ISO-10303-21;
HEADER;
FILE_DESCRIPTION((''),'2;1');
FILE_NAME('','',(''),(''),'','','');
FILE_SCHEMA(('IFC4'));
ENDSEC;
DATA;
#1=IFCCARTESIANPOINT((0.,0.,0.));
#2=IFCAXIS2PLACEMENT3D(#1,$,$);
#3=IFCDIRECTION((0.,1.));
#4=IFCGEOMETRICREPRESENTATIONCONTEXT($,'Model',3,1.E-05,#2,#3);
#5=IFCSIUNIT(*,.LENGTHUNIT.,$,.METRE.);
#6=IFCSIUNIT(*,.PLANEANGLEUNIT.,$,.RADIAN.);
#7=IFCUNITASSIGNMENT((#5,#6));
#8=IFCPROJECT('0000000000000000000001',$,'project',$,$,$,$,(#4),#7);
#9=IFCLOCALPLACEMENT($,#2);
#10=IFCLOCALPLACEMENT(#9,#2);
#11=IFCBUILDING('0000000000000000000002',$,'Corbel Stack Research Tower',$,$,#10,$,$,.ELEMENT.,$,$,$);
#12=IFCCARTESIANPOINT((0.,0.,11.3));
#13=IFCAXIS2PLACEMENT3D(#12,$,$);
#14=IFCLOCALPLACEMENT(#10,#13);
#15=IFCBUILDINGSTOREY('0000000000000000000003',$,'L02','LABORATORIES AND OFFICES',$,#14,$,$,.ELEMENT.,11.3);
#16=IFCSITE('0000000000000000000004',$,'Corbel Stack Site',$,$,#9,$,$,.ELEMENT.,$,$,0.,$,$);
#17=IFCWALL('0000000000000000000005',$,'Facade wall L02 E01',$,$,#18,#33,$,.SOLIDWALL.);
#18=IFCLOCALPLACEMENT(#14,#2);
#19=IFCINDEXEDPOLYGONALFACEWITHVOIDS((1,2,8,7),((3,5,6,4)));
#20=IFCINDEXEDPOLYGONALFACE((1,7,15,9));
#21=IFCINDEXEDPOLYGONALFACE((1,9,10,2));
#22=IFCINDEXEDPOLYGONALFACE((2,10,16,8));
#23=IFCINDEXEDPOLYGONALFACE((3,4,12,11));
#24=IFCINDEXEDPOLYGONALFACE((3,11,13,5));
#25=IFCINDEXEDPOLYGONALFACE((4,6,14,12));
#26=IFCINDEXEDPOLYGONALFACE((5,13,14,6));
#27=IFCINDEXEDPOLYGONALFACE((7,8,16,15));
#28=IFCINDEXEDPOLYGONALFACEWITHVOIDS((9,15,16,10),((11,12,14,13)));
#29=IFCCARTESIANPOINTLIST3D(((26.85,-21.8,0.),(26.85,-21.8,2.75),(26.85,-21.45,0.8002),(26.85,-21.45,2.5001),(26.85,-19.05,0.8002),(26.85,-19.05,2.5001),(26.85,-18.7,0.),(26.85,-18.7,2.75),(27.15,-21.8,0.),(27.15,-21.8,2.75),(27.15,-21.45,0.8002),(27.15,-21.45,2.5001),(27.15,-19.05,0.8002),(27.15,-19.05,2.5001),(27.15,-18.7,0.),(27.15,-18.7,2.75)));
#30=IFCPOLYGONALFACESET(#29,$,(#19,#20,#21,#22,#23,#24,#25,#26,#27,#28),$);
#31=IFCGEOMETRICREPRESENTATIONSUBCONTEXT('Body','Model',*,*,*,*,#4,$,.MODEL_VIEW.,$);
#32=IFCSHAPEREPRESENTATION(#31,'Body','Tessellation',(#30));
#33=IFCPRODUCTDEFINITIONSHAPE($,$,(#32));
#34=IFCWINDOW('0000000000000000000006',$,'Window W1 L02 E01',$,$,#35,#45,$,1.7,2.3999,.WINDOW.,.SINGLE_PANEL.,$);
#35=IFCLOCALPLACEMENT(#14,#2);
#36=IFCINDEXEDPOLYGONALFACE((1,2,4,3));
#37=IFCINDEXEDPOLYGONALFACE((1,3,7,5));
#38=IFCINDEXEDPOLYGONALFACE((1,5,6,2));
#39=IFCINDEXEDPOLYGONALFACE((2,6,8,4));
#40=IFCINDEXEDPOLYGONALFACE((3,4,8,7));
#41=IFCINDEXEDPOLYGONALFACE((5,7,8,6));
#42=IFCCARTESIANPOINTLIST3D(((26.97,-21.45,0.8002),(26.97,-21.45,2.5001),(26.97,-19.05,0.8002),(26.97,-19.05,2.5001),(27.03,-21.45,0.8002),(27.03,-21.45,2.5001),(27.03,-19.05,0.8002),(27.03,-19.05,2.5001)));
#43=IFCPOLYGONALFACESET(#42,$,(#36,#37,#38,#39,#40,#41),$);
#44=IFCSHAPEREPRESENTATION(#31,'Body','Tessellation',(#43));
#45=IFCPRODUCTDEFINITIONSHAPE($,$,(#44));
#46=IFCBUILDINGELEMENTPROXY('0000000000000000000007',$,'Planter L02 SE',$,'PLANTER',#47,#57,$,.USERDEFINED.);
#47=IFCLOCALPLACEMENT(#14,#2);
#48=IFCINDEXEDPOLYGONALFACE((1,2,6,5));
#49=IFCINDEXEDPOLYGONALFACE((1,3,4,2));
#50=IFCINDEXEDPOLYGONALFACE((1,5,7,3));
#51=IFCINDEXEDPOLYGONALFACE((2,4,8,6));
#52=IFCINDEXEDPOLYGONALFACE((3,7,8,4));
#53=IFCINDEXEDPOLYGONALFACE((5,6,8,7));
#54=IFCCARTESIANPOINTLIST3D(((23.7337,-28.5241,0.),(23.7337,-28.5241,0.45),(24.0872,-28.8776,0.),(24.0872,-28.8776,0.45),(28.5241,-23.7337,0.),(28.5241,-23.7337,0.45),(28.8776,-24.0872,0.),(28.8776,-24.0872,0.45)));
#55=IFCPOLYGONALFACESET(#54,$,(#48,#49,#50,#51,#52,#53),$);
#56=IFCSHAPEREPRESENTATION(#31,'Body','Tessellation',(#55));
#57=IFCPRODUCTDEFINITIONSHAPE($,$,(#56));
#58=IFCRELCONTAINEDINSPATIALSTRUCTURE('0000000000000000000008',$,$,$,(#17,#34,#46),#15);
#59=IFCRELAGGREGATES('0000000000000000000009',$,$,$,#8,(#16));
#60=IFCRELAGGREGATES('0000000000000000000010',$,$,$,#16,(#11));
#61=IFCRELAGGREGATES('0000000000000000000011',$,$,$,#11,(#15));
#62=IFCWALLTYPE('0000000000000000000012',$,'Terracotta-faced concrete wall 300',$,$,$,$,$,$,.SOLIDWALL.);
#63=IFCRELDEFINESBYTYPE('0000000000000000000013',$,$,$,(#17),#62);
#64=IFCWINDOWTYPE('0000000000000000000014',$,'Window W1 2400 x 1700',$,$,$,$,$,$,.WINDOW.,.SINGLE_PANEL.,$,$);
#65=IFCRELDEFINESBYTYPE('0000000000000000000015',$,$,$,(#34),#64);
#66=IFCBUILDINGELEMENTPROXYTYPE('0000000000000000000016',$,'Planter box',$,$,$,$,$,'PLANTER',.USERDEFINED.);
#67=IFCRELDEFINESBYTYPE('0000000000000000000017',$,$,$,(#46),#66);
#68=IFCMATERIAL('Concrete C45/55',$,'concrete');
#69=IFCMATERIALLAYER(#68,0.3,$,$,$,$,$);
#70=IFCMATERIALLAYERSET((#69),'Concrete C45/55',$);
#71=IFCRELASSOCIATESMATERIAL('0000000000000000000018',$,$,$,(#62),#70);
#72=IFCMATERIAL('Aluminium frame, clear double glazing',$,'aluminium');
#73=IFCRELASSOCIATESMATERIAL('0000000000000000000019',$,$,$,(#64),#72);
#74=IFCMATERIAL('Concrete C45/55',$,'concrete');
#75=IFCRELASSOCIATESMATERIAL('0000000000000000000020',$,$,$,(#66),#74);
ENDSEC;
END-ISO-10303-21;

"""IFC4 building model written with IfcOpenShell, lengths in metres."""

from ifc_helpers import new_model, si_unit, direction, frame, frame_2d, origin, origin_2d, place, context, subcontext, project, spatial, rectangle, extrude, material, layer, layer_set, type_object, element, fill, save


model = new_model("IFC4")

# Units and contexts
model_context = context("Model", 3, precision=1e-05, world=origin(), true_north=direction((0.0, 1.0)))
body_context = subcontext(model_context, "Body", "Model", "MODEL_VIEW")
ifc_project = project(units=[si_unit("LENGTHUNIT", "METRE"), si_unit("PLANEANGLEUNIT", "RADIAN")], contexts=[model_context])

# Site, building, storey
site_placement = place(None, origin())
site = spatial("IfcSite", under=ifc_project, at=site_placement, Name="Corbel Stack Site", CompositionType="ELEMENT", RefElevation=0.0)
building_placement = place(site_placement, origin())
building = spatial("IfcBuilding", under=site, at=building_placement, Name="Corbel Stack Research Tower", CompositionType="ELEMENT")
storey_placement = place(building_placement, frame((0.0, 0.0, 11.3)))
storey = spatial("IfcBuildingStorey", under=building, at=storey_placement, Name="L02", Description="LABORATORIES AND OFFICES", CompositionType="ELEMENT", Elevation=11.3)

# Shared definitions
ifc_material_1 = material(Name="Concrete C45/55", Category="concrete")
ifc_layer_1 = layer(ifc_material_1, 0.3)
ifc_layer_set_1 = layer_set([ifc_layer_1], Name="Concrete C45/55")
wall_type_1 = type_object("IfcWallType", Name="Terracotta-faced concrete wall 300", PredefinedType="SOLIDWALL", material=ifc_layer_set_1)
ifc_material_2 = material(Name="Aluminium frame, clear double glazing", Category="aluminium")
window_type = type_object("IfcWindowType", Name="Window W1 2400 x 1700", PartitioningType="SINGLE_PANEL", PredefinedType="WINDOW", material=ifc_material_2)

# Wall, opening, window
wall_1_placement = place(storey_placement, frame((27.0, -18.7, 0.0), z_axis=(0.0, 0.0, 1.0), x_axis=(0.0, -1.0, 0.0)))
wall_1 = element("IfcWall", 1, at=wall_1_placement, inside=storey, type_object=wall_type_1, Name="Facade wall L02 E01", PredefinedType="SOLIDWALL", context=body_context, shape_type="SweptSolid", body=[
    extrude(rectangle(XDim=3.1001, YDim=0.3, at=frame_2d((1.55, 0.0))), origin(), (0.0, 0.0, 1.0), 2.75),
])
opening_1_placement = place(wall_1_placement, frame((0.3501, 0.0, 0.8)))
opening_1 = element("IfcOpeningElement", 2, at=opening_1_placement, cuts=wall_1, PredefinedType="OPENING", context=body_context, shape_type="SweptSolid", body=[
    extrude(rectangle(XDim=2.3999, YDim=1.7, at=frame_2d((1.2, 0.8501))), frame((0.0, 0.1599, 0.0), z_axis=(0.0, -1.0, 0.0), x_axis=(1.0, 0.0, 0.0)), (0.0, 0.0, 1.0), 0.3201),
])
window_1_placement = place(opening_1_placement, origin())
window_1 = element("IfcWindow", 3, at=window_1_placement, inside=storey, type_object=window_type, Name="Window W1 L02 E01", OverallHeight=1.7, OverallWidth=2.3999, PartitioningType="SINGLE_PANEL", PredefinedType="WINDOW", context=body_context, shape_type="SweptSolid", body=[
    extrude(rectangle(XDim=2.3999, YDim=1.7, at=frame_2d((1.2, 0.8501))), frame((0.0, 0.03, 0.0), z_axis=(0.0, -1.0, 0.0), x_axis=(1.0, 0.0, 0.0)), (0.0, 0.0, 1.0), 0.0601),
])
fill(opening_1, window_1)

# Building element proxy
ifc_material_3 = material(Name="Concrete C45/55", Category="concrete")
building_element_proxy_type = type_object("IfcBuildingElementProxyType", Name="Planter box", ElementType="PLANTER", PredefinedType="USERDEFINED", material=ifc_material_3)
proxy_placement = place(storey_placement, frame((26.3057, -26.3057, 0.0), z_axis=(0.0, 0.0, 1.0), x_axis=(0.707107, 0.707107, 0.0)))
element("IfcBuildingElementProxy", 4, at=proxy_placement, inside=storey, type_object=building_element_proxy_type, Name="Planter L02 SE", ObjectType="PLANTER", PredefinedType="USERDEFINED", context=body_context, shape_type="SweptSolid", body=[
    extrude(rectangle(XDim=6.7747, YDim=0.5, at=origin_2d()), origin(), (0.0, 0.0, 1.0), 0.45),
])

save(model, "model.ifc")
